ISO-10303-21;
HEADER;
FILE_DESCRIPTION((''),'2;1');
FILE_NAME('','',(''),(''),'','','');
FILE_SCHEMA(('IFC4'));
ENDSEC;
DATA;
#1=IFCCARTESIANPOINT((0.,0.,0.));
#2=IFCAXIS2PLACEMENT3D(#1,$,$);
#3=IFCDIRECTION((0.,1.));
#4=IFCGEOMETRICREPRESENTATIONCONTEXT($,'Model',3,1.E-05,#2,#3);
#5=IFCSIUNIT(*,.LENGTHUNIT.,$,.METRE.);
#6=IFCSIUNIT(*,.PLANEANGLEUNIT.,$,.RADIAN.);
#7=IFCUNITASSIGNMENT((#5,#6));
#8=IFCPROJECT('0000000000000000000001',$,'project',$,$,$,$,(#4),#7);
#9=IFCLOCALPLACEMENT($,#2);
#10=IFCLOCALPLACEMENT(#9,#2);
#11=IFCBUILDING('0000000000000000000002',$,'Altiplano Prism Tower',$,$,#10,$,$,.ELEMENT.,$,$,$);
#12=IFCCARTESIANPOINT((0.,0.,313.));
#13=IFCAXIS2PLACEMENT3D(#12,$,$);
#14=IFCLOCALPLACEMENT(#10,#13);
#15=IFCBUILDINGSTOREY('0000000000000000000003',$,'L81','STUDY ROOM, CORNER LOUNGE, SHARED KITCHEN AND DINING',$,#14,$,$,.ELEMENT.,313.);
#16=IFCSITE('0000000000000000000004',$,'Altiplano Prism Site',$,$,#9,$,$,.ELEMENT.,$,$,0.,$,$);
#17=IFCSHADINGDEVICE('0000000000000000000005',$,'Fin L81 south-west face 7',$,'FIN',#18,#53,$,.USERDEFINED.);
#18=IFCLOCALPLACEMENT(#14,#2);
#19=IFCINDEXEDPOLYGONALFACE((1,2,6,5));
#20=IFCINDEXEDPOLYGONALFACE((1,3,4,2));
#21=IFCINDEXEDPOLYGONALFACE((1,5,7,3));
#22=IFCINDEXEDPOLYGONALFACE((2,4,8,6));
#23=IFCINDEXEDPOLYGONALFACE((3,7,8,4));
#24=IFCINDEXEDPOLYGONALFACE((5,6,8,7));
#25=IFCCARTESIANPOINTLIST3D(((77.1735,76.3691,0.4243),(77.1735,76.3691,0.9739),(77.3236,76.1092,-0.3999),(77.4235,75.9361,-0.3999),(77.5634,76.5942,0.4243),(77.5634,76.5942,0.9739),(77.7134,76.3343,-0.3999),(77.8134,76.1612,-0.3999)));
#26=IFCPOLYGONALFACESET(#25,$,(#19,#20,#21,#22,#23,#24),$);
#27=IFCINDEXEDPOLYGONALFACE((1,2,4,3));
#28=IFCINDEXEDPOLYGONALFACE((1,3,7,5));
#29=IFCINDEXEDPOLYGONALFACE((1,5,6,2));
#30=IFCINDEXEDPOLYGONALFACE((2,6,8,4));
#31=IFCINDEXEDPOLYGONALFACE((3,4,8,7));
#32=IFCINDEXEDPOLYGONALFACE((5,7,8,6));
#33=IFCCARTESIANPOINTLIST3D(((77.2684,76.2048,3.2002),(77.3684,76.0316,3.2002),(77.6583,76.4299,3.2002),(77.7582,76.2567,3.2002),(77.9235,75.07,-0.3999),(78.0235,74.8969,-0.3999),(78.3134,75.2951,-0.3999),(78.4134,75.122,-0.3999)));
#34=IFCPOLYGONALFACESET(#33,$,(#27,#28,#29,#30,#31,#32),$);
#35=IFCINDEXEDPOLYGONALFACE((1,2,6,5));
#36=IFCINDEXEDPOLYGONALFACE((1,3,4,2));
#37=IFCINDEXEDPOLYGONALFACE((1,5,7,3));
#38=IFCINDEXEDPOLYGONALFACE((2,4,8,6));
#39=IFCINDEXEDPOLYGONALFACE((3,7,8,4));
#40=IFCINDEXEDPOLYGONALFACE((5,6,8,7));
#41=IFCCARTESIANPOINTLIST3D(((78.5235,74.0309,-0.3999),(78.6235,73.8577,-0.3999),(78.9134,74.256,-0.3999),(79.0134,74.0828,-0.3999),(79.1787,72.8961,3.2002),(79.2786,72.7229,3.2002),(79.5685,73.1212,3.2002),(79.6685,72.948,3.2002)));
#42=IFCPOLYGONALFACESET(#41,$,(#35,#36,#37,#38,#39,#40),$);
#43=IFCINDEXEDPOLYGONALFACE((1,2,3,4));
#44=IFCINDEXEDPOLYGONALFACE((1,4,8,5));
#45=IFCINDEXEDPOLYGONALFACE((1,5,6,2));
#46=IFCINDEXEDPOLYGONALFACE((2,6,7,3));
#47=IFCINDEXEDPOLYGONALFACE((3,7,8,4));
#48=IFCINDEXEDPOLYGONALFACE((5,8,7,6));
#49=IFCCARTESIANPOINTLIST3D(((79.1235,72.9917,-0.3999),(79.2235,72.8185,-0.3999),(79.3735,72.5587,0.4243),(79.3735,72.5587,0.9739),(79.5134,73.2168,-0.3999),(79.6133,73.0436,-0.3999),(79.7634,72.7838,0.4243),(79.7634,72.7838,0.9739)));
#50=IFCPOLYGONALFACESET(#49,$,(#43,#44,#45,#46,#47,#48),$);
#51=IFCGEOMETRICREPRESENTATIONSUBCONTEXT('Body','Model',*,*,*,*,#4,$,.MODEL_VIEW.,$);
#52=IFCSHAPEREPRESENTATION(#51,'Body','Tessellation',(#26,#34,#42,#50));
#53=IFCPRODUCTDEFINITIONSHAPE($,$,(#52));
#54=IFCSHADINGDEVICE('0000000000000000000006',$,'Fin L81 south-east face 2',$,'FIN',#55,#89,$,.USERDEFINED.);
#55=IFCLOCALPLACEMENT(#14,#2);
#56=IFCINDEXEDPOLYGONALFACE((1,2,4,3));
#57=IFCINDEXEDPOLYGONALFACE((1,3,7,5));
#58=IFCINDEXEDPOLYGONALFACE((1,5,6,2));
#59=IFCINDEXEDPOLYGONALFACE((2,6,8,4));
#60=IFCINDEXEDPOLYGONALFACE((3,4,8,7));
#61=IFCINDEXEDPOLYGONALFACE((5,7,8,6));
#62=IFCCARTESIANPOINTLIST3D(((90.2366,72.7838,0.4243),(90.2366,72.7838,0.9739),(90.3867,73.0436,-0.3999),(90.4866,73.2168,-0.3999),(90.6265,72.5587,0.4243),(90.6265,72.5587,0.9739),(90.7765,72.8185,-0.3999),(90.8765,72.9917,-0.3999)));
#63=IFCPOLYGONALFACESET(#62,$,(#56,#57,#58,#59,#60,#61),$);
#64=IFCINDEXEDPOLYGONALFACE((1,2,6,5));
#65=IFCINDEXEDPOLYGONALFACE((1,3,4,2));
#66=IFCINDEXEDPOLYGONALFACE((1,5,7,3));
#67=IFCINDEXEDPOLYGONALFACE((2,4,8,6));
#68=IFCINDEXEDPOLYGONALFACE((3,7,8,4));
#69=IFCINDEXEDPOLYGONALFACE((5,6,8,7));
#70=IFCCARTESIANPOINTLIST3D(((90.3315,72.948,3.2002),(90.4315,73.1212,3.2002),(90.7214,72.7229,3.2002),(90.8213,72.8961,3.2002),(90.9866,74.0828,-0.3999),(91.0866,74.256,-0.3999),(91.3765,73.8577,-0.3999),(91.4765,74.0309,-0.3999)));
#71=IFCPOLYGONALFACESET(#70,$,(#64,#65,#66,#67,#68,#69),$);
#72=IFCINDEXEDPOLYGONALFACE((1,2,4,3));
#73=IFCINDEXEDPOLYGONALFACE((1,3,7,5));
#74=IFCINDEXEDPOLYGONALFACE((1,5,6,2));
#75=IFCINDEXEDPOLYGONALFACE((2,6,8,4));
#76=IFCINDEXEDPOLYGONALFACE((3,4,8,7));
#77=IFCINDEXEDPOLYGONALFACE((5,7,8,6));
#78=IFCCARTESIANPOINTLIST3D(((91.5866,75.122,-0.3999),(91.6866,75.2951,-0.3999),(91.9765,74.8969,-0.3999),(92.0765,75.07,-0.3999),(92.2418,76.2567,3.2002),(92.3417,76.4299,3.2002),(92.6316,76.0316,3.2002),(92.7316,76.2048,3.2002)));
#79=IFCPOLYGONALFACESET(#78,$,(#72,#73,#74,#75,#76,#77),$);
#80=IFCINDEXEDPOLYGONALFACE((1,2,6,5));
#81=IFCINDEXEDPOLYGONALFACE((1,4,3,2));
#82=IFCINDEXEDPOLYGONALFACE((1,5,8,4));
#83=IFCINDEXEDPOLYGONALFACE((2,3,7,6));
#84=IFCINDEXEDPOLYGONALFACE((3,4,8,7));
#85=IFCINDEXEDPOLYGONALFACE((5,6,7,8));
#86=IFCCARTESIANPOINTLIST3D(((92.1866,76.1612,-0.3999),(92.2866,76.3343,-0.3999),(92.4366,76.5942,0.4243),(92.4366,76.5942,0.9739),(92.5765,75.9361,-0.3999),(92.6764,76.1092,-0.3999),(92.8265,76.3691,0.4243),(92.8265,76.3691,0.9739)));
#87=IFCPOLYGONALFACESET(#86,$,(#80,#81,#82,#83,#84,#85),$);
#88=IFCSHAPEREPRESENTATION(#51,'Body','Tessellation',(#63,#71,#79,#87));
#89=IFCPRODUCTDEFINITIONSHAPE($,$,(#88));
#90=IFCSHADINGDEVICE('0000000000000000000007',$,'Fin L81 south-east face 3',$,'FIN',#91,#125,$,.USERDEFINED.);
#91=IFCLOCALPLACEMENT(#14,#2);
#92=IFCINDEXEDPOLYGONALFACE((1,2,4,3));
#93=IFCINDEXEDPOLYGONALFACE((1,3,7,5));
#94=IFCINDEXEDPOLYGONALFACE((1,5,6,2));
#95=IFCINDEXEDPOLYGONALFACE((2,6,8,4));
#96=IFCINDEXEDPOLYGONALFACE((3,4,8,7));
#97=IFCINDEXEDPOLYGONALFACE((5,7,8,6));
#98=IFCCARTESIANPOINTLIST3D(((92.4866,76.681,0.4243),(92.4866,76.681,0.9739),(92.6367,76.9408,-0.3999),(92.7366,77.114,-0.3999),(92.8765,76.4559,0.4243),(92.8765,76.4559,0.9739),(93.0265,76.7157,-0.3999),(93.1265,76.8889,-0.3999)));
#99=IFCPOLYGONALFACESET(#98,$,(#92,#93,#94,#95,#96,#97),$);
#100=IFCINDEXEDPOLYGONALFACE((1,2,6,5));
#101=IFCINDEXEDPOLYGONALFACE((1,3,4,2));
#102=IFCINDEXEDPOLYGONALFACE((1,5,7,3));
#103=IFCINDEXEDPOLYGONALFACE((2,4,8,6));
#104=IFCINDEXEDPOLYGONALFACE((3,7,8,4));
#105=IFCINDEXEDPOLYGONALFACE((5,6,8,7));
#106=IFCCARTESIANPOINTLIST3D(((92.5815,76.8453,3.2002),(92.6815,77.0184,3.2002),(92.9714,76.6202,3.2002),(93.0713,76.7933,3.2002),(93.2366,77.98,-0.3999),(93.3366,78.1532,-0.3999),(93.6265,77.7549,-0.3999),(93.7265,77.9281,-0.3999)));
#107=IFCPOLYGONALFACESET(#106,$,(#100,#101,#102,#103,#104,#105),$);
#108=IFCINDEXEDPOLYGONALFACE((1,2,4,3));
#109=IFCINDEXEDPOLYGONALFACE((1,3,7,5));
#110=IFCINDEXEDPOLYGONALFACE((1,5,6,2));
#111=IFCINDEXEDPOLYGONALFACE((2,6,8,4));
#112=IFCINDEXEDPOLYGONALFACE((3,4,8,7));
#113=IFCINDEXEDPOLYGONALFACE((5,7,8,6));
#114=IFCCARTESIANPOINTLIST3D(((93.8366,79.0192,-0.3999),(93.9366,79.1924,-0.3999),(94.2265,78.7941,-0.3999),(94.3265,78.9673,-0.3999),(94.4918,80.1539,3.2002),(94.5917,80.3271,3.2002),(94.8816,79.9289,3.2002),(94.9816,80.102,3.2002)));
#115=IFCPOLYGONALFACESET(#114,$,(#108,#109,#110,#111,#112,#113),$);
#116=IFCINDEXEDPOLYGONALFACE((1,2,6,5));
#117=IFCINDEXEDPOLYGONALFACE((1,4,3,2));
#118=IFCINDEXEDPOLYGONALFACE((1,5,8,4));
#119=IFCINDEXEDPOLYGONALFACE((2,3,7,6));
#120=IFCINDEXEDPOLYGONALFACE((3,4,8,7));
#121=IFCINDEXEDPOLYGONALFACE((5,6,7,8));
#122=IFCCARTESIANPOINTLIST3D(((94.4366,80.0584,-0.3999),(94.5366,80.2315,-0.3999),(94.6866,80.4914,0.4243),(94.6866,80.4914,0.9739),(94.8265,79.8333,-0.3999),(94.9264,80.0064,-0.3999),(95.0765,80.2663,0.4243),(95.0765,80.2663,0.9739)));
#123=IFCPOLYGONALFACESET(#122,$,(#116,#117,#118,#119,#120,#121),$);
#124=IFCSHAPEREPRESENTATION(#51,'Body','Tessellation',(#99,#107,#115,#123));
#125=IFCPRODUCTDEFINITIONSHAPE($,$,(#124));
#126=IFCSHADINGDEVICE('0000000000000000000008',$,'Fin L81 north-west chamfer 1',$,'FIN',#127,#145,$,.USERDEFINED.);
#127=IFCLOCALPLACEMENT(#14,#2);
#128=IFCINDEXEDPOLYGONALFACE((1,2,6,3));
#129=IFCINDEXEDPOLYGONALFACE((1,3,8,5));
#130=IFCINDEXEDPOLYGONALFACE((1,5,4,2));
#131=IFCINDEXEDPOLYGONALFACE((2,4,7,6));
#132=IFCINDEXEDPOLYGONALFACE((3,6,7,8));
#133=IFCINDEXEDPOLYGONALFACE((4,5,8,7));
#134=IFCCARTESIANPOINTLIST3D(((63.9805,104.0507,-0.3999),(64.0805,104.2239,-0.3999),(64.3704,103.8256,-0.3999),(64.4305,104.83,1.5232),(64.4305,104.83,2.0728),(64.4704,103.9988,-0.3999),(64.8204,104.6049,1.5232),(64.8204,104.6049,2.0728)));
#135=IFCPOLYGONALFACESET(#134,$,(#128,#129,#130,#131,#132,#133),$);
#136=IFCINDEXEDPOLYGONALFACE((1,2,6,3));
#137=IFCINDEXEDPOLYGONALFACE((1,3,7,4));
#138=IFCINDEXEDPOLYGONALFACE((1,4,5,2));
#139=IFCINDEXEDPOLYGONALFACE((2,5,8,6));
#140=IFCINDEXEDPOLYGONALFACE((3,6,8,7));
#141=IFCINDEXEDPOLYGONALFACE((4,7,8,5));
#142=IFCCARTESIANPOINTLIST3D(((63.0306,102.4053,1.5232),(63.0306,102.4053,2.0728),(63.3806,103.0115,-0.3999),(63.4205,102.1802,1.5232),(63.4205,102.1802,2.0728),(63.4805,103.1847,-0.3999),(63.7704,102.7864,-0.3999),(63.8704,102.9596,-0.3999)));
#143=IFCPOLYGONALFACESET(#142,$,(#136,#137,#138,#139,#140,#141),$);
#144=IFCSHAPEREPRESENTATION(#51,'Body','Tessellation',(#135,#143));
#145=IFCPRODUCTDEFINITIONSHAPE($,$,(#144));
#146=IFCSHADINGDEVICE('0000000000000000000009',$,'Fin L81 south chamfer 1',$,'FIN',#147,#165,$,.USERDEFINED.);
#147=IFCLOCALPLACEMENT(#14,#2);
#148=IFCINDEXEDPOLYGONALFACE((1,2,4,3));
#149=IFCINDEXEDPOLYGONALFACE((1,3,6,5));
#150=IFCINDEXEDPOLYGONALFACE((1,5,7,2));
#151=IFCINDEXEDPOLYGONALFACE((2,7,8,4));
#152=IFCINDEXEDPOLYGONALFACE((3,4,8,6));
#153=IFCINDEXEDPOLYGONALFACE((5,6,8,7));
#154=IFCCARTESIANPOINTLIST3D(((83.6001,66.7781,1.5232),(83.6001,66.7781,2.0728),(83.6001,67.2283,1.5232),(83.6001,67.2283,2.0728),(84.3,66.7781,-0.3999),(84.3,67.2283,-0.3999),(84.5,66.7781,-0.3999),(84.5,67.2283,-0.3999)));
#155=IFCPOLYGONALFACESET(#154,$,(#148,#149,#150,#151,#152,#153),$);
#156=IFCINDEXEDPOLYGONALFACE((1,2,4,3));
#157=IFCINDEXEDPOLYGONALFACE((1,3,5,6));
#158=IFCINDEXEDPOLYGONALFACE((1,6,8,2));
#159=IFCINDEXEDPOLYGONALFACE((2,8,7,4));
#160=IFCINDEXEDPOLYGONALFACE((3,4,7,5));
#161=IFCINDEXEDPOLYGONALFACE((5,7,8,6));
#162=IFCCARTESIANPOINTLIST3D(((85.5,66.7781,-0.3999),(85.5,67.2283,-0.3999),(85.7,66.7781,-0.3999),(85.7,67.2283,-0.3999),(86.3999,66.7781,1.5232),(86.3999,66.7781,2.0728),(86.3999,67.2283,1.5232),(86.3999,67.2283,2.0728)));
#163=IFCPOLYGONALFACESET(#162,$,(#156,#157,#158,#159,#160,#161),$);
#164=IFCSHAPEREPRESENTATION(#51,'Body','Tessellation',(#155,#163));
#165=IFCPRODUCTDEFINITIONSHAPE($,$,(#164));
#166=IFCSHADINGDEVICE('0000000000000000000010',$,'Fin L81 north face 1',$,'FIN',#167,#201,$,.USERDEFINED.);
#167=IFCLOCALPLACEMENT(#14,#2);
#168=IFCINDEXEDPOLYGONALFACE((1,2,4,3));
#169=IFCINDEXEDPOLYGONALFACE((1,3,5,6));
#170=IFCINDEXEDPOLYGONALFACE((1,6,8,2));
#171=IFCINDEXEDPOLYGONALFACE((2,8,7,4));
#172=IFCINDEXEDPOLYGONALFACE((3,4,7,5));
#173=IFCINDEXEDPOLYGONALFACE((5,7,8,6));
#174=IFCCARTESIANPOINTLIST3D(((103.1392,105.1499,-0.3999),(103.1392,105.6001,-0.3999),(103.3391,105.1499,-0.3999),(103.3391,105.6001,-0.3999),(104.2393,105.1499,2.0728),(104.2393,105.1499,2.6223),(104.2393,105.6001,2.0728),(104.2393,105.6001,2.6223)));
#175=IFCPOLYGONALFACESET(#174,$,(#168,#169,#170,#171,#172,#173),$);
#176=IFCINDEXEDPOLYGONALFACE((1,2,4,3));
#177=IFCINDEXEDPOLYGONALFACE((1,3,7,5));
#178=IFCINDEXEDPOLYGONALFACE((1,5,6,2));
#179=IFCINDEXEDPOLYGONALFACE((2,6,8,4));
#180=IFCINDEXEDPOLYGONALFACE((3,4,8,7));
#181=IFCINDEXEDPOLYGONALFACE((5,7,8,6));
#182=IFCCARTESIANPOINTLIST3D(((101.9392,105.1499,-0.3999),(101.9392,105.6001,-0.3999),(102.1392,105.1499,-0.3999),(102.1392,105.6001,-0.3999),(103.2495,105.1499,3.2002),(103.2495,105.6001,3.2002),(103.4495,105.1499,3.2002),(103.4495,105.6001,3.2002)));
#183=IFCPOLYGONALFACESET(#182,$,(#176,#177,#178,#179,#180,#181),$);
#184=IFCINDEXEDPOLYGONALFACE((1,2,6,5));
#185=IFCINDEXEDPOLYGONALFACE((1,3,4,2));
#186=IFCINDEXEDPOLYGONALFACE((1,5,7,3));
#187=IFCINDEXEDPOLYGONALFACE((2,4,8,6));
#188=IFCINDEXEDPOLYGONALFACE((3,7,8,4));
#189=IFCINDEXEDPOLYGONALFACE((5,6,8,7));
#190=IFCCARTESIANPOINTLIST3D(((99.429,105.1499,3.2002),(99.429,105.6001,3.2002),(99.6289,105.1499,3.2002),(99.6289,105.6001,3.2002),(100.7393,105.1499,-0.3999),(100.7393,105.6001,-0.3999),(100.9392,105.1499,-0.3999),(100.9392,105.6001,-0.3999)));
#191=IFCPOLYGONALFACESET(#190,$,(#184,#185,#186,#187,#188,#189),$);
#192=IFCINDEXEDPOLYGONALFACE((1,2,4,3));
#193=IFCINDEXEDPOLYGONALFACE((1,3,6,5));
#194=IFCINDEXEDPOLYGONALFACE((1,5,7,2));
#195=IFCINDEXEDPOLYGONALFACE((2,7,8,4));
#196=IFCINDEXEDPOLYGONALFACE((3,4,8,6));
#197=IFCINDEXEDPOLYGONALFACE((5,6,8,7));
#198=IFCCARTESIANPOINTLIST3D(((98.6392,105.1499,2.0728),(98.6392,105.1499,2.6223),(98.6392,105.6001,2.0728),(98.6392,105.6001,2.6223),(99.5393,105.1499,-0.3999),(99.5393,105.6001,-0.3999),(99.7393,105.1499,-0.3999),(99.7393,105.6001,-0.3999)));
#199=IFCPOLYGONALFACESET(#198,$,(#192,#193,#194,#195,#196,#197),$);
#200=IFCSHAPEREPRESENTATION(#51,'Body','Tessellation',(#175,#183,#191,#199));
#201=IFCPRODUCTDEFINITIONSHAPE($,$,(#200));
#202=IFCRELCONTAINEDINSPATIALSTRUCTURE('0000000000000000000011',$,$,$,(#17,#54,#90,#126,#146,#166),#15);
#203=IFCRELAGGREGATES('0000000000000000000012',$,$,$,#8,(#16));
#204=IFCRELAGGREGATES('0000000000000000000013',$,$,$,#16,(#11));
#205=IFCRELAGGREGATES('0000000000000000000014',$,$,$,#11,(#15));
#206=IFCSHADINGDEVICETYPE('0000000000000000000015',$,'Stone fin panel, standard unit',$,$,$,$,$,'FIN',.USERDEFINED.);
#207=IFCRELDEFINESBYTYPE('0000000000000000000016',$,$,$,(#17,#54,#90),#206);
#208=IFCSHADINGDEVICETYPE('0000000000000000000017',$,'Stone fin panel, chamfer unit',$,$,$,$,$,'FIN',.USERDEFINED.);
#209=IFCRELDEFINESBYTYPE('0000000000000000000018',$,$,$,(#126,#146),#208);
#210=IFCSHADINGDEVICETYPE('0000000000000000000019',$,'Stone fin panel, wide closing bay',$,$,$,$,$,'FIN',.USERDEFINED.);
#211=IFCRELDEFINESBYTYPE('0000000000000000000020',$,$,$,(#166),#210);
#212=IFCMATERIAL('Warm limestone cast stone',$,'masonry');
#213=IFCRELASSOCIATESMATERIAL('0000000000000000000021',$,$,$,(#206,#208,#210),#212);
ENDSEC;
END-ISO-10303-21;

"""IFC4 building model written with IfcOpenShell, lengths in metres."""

from ifc_helpers import new_model, si_unit, direction, frame, origin, place, context, subcontext, project, spatial, polyline, outline, extrude, source, transform, mapped, material, type_object, element, save


model = new_model("IFC4")

# Units and contexts
model_context = context("Model", 3, precision=1e-05, world=origin(), true_north=direction((0.0, 1.0)))
body_context = subcontext(model_context, "Body", "Model", "MODEL_VIEW")
ifc_project = project(units=[si_unit("LENGTHUNIT", "METRE"), si_unit("PLANEANGLEUNIT", "RADIAN")], contexts=[model_context])

# Site, building, storey
site_placement = place(None, origin())
site = spatial("IfcSite", under=ifc_project, at=site_placement, Name="Altiplano Prism Site", CompositionType="ELEMENT", RefElevation=0.0)
building_placement = place(site_placement, origin())
building = spatial("IfcBuilding", under=site, at=building_placement, Name="Altiplano Prism Tower", CompositionType="ELEMENT")
storey_placement = place(building_placement, frame((0.0, 0.0, 313.0)))
storey = spatial("IfcBuildingStorey", under=building, at=storey_placement, Name="L81", Description="STUDY ROOM, CORNER LOUNGE, SHARED KITCHEN AND DINING", CompositionType="ELEMENT", Elevation=313.0)

# Shading devices
ifc_material_1 = material(Name="Warm limestone cast stone", Category="masonry")
shading_device_type_1 = type_object("IfcShadingDeviceType", Name="Stone fin panel, standard unit", ElementType="FIN", PredefinedType="USERDEFINED", material=ifc_material_1)
shared_shape_1 = source(origin(), body_context, "Body", "SweptSolid", [
    extrude(outline(polyline([(-2.2, 1.3738), (-2.2, 0.8242), (-1.8999, 0.0), (-1.7, 0.0), (-2.2, 1.3738)])), frame((0.0, -0.1499, 0.0), z_axis=(0.0, -1.0, 0.0), x_axis=(1.0, 0.0, 0.0)), (0.0, 0.0, 1.0), 0.4502),
    extrude(outline(polyline([(-2.0103, 3.6001), (-0.7, 0.0), (-0.5, 0.0), (-1.8103, 3.6001), (-2.0103, 3.6001)])), frame((0.0, -0.1499, 0.0), z_axis=(0.0, -1.0, 0.0), x_axis=(1.0, 0.0, 0.0)), (0.0, 0.0, 1.0), 0.4502),
    extrude(outline(polyline([(1.8103, 3.6001), (0.5, 0.0), (0.7, 0.0), (2.0103, 3.6001), (1.8103, 3.6001)])), frame((0.0, -0.1499, 0.0), z_axis=(0.0, -1.0, 0.0), x_axis=(1.0, 0.0, 0.0)), (0.0, 0.0, 1.0), 0.4502),
    extrude(outline(polyline([(2.2, 0.8242), (2.2, 1.3738), (1.7, 0.0), (1.8999, 0.0), (2.2, 0.8242)])), frame((0.0, -0.1499, 0.0), z_axis=(0.0, -1.0, 0.0), x_axis=(1.0, 0.0, 0.0)), (0.0, 0.0, 1.0), 0.4502),
])
shading_device_1_placement = place(storey_placement, origin())
element("IfcShadingDevice", 1, at=shading_device_1_placement, inside=storey, type_object=shading_device_type_1, Name="Fin L81 south-west face 7", ObjectType="FIN", PredefinedType="USERDEFINED", context=body_context, shape_type="MappedRepresentation", body=[
    mapped(shared_shape_1, transform((78.7932, 74.7639, -0.3999), x_axis=(0.5, -0.866025, 0.0), y_axis=(0.866025, 0.5, 0.0), z_axis=(0.0, 0.0, 1.0))),
])
shading_device_2_placement = place(storey_placement, origin())
element("IfcShadingDevice", 2, at=shading_device_2_placement, inside=storey, type_object=shading_device_type_1, Name="Fin L81 south-east face 2", ObjectType="FIN", PredefinedType="USERDEFINED", context=body_context, shape_type="MappedRepresentation", body=[
    mapped(shared_shape_1, transform((91.2068, 74.7639, -0.3999), x_axis=(0.5, 0.866025, 0.0), y_axis=(-0.866025, 0.5, 0.0), z_axis=(0.0, 0.0, 1.0))),
])
shading_device_3_placement = place(storey_placement, origin())
element("IfcShadingDevice", 3, at=shading_device_3_placement, inside=storey, type_object=shading_device_type_1, Name="Fin L81 south-east face 3", ObjectType="FIN", PredefinedType="USERDEFINED", context=body_context, shape_type="MappedRepresentation", body=[
    mapped(shared_shape_1, transform((93.4568, 78.6611, -0.3999), x_axis=(0.5, 0.866025, 0.0), y_axis=(-0.866025, 0.5, 0.0), z_axis=(0.0, 0.0, 1.0))),
])
shading_device_type_2 = type_object("IfcShadingDeviceType", Name="Stone fin panel, chamfer unit", ElementType="FIN", PredefinedType="USERDEFINED", material=ifc_material_1)
shared_shape_2 = source(origin(), body_context, "Body", "SweptSolid", [
    extrude(outline(polyline([(-1.3999, 2.4727), (-1.3999, 1.9231), (-0.7, 0.0), (-0.5, 0.0), (-1.3999, 2.4727)])), frame((0.0, -0.1499, 0.0), z_axis=(0.0, -1.0, 0.0), x_axis=(1.0, 0.0, 0.0)), (0.0, 0.0, 1.0), 0.4502),
    extrude(outline(polyline([(1.3999, 1.9231), (1.3999, 2.4727), (0.5, 0.0), (0.7, 0.0), (1.3999, 1.9231)])), frame((0.0, -0.1499, 0.0), z_axis=(0.0, -1.0, 0.0), x_axis=(1.0, 0.0, 0.0)), (0.0, 0.0, 1.0), 0.4502),
])
shading_device_4_placement = place(storey_placement, origin())
element("IfcShadingDevice", 4, at=shading_device_4_placement, inside=storey, type_object=shading_device_type_2, Name="Fin L81 north-west chamfer 1", ObjectType="FIN", PredefinedType="USERDEFINED", context=body_context, shape_type="MappedRepresentation", body=[
    mapped(shared_shape_2, transform((64.2502, 103.3176, -0.3999), x_axis=(-0.5, -0.866025, 0.0), y_axis=(0.866025, -0.5, 0.0), z_axis=(0.0, 0.0, 1.0))),
])
shading_device_5_placement = place(storey_placement, origin())
element("IfcShadingDevice", 5, at=shading_device_5_placement, inside=storey, type_object=shading_device_type_2, Name="Fin L81 south chamfer 1", ObjectType="FIN", PredefinedType="USERDEFINED", context=body_context, shape_type="MappedRepresentation", body=[
    mapped(shared_shape_2, transform((85.0, 67.3782, -0.3999), x_axis=(1.0, 0.0, 0.0), y_axis=(0.0, 1.0, 0.0), z_axis=(0.0, 0.0, 1.0))),
])
shading_device_type_3 = type_object("IfcShadingDeviceType", Name="Stone fin panel, wide closing bay", ElementType="FIN", PredefinedType="USERDEFINED", material=ifc_material_1)
shared_shape_3 = source(origin(), body_context, "Body", "SweptSolid", [
    extrude(outline(polyline([(-2.8, 3.0222), (-2.8, 2.4727), (-1.8999, 0.0), (-1.7, 0.0), (-2.8, 3.0222)])), frame((0.0, -0.1499, 0.0), z_axis=(0.0, -1.0, 0.0), x_axis=(1.0, 0.0, 0.0)), (0.0, 0.0, 1.0), 0.4502),
    extrude(outline(polyline([(-2.0103, 3.6001), (-0.7, 0.0), (-0.5, 0.0), (-1.8103, 3.6001), (-2.0103, 3.6001)])), frame((0.0, -0.1499, 0.0), z_axis=(0.0, -1.0, 0.0), x_axis=(1.0, 0.0, 0.0)), (0.0, 0.0, 1.0), 0.4502),
    extrude(outline(polyline([(1.8103, 3.6001), (0.5, 0.0), (0.7, 0.0), (2.0103, 3.6001), (1.8103, 3.6001)])), frame((0.0, -0.1499, 0.0), z_axis=(0.0, -1.0, 0.0), x_axis=(1.0, 0.0, 0.0)), (0.0, 0.0, 1.0), 0.4502),
    extrude(outline(polyline([(2.8, 2.4727), (2.8, 3.0222), (1.7, 0.0), (1.8999, 0.0), (2.8, 2.4727)])), frame((0.0, -0.1499, 0.0), z_axis=(0.0, -1.0, 0.0), x_axis=(1.0, 0.0, 0.0)), (0.0, 0.0, 1.0), 0.4502),
])
shading_device_6_placement = place(storey_placement, origin())
element("IfcShadingDevice", 6, at=shading_device_6_placement, inside=storey, type_object=shading_device_type_3, Name="Fin L81 north face 1", ObjectType="FIN", PredefinedType="USERDEFINED", context=body_context, shape_type="MappedRepresentation", body=[
    mapped(shared_shape_3, transform((101.4392, 105.0, -0.3999), x_axis=(-1.0, 0.0, 0.0), y_axis=(0.0, -1.0, 0.0), z_axis=(0.0, 0.0, 1.0))),
])

save(model, "model.ifc")
